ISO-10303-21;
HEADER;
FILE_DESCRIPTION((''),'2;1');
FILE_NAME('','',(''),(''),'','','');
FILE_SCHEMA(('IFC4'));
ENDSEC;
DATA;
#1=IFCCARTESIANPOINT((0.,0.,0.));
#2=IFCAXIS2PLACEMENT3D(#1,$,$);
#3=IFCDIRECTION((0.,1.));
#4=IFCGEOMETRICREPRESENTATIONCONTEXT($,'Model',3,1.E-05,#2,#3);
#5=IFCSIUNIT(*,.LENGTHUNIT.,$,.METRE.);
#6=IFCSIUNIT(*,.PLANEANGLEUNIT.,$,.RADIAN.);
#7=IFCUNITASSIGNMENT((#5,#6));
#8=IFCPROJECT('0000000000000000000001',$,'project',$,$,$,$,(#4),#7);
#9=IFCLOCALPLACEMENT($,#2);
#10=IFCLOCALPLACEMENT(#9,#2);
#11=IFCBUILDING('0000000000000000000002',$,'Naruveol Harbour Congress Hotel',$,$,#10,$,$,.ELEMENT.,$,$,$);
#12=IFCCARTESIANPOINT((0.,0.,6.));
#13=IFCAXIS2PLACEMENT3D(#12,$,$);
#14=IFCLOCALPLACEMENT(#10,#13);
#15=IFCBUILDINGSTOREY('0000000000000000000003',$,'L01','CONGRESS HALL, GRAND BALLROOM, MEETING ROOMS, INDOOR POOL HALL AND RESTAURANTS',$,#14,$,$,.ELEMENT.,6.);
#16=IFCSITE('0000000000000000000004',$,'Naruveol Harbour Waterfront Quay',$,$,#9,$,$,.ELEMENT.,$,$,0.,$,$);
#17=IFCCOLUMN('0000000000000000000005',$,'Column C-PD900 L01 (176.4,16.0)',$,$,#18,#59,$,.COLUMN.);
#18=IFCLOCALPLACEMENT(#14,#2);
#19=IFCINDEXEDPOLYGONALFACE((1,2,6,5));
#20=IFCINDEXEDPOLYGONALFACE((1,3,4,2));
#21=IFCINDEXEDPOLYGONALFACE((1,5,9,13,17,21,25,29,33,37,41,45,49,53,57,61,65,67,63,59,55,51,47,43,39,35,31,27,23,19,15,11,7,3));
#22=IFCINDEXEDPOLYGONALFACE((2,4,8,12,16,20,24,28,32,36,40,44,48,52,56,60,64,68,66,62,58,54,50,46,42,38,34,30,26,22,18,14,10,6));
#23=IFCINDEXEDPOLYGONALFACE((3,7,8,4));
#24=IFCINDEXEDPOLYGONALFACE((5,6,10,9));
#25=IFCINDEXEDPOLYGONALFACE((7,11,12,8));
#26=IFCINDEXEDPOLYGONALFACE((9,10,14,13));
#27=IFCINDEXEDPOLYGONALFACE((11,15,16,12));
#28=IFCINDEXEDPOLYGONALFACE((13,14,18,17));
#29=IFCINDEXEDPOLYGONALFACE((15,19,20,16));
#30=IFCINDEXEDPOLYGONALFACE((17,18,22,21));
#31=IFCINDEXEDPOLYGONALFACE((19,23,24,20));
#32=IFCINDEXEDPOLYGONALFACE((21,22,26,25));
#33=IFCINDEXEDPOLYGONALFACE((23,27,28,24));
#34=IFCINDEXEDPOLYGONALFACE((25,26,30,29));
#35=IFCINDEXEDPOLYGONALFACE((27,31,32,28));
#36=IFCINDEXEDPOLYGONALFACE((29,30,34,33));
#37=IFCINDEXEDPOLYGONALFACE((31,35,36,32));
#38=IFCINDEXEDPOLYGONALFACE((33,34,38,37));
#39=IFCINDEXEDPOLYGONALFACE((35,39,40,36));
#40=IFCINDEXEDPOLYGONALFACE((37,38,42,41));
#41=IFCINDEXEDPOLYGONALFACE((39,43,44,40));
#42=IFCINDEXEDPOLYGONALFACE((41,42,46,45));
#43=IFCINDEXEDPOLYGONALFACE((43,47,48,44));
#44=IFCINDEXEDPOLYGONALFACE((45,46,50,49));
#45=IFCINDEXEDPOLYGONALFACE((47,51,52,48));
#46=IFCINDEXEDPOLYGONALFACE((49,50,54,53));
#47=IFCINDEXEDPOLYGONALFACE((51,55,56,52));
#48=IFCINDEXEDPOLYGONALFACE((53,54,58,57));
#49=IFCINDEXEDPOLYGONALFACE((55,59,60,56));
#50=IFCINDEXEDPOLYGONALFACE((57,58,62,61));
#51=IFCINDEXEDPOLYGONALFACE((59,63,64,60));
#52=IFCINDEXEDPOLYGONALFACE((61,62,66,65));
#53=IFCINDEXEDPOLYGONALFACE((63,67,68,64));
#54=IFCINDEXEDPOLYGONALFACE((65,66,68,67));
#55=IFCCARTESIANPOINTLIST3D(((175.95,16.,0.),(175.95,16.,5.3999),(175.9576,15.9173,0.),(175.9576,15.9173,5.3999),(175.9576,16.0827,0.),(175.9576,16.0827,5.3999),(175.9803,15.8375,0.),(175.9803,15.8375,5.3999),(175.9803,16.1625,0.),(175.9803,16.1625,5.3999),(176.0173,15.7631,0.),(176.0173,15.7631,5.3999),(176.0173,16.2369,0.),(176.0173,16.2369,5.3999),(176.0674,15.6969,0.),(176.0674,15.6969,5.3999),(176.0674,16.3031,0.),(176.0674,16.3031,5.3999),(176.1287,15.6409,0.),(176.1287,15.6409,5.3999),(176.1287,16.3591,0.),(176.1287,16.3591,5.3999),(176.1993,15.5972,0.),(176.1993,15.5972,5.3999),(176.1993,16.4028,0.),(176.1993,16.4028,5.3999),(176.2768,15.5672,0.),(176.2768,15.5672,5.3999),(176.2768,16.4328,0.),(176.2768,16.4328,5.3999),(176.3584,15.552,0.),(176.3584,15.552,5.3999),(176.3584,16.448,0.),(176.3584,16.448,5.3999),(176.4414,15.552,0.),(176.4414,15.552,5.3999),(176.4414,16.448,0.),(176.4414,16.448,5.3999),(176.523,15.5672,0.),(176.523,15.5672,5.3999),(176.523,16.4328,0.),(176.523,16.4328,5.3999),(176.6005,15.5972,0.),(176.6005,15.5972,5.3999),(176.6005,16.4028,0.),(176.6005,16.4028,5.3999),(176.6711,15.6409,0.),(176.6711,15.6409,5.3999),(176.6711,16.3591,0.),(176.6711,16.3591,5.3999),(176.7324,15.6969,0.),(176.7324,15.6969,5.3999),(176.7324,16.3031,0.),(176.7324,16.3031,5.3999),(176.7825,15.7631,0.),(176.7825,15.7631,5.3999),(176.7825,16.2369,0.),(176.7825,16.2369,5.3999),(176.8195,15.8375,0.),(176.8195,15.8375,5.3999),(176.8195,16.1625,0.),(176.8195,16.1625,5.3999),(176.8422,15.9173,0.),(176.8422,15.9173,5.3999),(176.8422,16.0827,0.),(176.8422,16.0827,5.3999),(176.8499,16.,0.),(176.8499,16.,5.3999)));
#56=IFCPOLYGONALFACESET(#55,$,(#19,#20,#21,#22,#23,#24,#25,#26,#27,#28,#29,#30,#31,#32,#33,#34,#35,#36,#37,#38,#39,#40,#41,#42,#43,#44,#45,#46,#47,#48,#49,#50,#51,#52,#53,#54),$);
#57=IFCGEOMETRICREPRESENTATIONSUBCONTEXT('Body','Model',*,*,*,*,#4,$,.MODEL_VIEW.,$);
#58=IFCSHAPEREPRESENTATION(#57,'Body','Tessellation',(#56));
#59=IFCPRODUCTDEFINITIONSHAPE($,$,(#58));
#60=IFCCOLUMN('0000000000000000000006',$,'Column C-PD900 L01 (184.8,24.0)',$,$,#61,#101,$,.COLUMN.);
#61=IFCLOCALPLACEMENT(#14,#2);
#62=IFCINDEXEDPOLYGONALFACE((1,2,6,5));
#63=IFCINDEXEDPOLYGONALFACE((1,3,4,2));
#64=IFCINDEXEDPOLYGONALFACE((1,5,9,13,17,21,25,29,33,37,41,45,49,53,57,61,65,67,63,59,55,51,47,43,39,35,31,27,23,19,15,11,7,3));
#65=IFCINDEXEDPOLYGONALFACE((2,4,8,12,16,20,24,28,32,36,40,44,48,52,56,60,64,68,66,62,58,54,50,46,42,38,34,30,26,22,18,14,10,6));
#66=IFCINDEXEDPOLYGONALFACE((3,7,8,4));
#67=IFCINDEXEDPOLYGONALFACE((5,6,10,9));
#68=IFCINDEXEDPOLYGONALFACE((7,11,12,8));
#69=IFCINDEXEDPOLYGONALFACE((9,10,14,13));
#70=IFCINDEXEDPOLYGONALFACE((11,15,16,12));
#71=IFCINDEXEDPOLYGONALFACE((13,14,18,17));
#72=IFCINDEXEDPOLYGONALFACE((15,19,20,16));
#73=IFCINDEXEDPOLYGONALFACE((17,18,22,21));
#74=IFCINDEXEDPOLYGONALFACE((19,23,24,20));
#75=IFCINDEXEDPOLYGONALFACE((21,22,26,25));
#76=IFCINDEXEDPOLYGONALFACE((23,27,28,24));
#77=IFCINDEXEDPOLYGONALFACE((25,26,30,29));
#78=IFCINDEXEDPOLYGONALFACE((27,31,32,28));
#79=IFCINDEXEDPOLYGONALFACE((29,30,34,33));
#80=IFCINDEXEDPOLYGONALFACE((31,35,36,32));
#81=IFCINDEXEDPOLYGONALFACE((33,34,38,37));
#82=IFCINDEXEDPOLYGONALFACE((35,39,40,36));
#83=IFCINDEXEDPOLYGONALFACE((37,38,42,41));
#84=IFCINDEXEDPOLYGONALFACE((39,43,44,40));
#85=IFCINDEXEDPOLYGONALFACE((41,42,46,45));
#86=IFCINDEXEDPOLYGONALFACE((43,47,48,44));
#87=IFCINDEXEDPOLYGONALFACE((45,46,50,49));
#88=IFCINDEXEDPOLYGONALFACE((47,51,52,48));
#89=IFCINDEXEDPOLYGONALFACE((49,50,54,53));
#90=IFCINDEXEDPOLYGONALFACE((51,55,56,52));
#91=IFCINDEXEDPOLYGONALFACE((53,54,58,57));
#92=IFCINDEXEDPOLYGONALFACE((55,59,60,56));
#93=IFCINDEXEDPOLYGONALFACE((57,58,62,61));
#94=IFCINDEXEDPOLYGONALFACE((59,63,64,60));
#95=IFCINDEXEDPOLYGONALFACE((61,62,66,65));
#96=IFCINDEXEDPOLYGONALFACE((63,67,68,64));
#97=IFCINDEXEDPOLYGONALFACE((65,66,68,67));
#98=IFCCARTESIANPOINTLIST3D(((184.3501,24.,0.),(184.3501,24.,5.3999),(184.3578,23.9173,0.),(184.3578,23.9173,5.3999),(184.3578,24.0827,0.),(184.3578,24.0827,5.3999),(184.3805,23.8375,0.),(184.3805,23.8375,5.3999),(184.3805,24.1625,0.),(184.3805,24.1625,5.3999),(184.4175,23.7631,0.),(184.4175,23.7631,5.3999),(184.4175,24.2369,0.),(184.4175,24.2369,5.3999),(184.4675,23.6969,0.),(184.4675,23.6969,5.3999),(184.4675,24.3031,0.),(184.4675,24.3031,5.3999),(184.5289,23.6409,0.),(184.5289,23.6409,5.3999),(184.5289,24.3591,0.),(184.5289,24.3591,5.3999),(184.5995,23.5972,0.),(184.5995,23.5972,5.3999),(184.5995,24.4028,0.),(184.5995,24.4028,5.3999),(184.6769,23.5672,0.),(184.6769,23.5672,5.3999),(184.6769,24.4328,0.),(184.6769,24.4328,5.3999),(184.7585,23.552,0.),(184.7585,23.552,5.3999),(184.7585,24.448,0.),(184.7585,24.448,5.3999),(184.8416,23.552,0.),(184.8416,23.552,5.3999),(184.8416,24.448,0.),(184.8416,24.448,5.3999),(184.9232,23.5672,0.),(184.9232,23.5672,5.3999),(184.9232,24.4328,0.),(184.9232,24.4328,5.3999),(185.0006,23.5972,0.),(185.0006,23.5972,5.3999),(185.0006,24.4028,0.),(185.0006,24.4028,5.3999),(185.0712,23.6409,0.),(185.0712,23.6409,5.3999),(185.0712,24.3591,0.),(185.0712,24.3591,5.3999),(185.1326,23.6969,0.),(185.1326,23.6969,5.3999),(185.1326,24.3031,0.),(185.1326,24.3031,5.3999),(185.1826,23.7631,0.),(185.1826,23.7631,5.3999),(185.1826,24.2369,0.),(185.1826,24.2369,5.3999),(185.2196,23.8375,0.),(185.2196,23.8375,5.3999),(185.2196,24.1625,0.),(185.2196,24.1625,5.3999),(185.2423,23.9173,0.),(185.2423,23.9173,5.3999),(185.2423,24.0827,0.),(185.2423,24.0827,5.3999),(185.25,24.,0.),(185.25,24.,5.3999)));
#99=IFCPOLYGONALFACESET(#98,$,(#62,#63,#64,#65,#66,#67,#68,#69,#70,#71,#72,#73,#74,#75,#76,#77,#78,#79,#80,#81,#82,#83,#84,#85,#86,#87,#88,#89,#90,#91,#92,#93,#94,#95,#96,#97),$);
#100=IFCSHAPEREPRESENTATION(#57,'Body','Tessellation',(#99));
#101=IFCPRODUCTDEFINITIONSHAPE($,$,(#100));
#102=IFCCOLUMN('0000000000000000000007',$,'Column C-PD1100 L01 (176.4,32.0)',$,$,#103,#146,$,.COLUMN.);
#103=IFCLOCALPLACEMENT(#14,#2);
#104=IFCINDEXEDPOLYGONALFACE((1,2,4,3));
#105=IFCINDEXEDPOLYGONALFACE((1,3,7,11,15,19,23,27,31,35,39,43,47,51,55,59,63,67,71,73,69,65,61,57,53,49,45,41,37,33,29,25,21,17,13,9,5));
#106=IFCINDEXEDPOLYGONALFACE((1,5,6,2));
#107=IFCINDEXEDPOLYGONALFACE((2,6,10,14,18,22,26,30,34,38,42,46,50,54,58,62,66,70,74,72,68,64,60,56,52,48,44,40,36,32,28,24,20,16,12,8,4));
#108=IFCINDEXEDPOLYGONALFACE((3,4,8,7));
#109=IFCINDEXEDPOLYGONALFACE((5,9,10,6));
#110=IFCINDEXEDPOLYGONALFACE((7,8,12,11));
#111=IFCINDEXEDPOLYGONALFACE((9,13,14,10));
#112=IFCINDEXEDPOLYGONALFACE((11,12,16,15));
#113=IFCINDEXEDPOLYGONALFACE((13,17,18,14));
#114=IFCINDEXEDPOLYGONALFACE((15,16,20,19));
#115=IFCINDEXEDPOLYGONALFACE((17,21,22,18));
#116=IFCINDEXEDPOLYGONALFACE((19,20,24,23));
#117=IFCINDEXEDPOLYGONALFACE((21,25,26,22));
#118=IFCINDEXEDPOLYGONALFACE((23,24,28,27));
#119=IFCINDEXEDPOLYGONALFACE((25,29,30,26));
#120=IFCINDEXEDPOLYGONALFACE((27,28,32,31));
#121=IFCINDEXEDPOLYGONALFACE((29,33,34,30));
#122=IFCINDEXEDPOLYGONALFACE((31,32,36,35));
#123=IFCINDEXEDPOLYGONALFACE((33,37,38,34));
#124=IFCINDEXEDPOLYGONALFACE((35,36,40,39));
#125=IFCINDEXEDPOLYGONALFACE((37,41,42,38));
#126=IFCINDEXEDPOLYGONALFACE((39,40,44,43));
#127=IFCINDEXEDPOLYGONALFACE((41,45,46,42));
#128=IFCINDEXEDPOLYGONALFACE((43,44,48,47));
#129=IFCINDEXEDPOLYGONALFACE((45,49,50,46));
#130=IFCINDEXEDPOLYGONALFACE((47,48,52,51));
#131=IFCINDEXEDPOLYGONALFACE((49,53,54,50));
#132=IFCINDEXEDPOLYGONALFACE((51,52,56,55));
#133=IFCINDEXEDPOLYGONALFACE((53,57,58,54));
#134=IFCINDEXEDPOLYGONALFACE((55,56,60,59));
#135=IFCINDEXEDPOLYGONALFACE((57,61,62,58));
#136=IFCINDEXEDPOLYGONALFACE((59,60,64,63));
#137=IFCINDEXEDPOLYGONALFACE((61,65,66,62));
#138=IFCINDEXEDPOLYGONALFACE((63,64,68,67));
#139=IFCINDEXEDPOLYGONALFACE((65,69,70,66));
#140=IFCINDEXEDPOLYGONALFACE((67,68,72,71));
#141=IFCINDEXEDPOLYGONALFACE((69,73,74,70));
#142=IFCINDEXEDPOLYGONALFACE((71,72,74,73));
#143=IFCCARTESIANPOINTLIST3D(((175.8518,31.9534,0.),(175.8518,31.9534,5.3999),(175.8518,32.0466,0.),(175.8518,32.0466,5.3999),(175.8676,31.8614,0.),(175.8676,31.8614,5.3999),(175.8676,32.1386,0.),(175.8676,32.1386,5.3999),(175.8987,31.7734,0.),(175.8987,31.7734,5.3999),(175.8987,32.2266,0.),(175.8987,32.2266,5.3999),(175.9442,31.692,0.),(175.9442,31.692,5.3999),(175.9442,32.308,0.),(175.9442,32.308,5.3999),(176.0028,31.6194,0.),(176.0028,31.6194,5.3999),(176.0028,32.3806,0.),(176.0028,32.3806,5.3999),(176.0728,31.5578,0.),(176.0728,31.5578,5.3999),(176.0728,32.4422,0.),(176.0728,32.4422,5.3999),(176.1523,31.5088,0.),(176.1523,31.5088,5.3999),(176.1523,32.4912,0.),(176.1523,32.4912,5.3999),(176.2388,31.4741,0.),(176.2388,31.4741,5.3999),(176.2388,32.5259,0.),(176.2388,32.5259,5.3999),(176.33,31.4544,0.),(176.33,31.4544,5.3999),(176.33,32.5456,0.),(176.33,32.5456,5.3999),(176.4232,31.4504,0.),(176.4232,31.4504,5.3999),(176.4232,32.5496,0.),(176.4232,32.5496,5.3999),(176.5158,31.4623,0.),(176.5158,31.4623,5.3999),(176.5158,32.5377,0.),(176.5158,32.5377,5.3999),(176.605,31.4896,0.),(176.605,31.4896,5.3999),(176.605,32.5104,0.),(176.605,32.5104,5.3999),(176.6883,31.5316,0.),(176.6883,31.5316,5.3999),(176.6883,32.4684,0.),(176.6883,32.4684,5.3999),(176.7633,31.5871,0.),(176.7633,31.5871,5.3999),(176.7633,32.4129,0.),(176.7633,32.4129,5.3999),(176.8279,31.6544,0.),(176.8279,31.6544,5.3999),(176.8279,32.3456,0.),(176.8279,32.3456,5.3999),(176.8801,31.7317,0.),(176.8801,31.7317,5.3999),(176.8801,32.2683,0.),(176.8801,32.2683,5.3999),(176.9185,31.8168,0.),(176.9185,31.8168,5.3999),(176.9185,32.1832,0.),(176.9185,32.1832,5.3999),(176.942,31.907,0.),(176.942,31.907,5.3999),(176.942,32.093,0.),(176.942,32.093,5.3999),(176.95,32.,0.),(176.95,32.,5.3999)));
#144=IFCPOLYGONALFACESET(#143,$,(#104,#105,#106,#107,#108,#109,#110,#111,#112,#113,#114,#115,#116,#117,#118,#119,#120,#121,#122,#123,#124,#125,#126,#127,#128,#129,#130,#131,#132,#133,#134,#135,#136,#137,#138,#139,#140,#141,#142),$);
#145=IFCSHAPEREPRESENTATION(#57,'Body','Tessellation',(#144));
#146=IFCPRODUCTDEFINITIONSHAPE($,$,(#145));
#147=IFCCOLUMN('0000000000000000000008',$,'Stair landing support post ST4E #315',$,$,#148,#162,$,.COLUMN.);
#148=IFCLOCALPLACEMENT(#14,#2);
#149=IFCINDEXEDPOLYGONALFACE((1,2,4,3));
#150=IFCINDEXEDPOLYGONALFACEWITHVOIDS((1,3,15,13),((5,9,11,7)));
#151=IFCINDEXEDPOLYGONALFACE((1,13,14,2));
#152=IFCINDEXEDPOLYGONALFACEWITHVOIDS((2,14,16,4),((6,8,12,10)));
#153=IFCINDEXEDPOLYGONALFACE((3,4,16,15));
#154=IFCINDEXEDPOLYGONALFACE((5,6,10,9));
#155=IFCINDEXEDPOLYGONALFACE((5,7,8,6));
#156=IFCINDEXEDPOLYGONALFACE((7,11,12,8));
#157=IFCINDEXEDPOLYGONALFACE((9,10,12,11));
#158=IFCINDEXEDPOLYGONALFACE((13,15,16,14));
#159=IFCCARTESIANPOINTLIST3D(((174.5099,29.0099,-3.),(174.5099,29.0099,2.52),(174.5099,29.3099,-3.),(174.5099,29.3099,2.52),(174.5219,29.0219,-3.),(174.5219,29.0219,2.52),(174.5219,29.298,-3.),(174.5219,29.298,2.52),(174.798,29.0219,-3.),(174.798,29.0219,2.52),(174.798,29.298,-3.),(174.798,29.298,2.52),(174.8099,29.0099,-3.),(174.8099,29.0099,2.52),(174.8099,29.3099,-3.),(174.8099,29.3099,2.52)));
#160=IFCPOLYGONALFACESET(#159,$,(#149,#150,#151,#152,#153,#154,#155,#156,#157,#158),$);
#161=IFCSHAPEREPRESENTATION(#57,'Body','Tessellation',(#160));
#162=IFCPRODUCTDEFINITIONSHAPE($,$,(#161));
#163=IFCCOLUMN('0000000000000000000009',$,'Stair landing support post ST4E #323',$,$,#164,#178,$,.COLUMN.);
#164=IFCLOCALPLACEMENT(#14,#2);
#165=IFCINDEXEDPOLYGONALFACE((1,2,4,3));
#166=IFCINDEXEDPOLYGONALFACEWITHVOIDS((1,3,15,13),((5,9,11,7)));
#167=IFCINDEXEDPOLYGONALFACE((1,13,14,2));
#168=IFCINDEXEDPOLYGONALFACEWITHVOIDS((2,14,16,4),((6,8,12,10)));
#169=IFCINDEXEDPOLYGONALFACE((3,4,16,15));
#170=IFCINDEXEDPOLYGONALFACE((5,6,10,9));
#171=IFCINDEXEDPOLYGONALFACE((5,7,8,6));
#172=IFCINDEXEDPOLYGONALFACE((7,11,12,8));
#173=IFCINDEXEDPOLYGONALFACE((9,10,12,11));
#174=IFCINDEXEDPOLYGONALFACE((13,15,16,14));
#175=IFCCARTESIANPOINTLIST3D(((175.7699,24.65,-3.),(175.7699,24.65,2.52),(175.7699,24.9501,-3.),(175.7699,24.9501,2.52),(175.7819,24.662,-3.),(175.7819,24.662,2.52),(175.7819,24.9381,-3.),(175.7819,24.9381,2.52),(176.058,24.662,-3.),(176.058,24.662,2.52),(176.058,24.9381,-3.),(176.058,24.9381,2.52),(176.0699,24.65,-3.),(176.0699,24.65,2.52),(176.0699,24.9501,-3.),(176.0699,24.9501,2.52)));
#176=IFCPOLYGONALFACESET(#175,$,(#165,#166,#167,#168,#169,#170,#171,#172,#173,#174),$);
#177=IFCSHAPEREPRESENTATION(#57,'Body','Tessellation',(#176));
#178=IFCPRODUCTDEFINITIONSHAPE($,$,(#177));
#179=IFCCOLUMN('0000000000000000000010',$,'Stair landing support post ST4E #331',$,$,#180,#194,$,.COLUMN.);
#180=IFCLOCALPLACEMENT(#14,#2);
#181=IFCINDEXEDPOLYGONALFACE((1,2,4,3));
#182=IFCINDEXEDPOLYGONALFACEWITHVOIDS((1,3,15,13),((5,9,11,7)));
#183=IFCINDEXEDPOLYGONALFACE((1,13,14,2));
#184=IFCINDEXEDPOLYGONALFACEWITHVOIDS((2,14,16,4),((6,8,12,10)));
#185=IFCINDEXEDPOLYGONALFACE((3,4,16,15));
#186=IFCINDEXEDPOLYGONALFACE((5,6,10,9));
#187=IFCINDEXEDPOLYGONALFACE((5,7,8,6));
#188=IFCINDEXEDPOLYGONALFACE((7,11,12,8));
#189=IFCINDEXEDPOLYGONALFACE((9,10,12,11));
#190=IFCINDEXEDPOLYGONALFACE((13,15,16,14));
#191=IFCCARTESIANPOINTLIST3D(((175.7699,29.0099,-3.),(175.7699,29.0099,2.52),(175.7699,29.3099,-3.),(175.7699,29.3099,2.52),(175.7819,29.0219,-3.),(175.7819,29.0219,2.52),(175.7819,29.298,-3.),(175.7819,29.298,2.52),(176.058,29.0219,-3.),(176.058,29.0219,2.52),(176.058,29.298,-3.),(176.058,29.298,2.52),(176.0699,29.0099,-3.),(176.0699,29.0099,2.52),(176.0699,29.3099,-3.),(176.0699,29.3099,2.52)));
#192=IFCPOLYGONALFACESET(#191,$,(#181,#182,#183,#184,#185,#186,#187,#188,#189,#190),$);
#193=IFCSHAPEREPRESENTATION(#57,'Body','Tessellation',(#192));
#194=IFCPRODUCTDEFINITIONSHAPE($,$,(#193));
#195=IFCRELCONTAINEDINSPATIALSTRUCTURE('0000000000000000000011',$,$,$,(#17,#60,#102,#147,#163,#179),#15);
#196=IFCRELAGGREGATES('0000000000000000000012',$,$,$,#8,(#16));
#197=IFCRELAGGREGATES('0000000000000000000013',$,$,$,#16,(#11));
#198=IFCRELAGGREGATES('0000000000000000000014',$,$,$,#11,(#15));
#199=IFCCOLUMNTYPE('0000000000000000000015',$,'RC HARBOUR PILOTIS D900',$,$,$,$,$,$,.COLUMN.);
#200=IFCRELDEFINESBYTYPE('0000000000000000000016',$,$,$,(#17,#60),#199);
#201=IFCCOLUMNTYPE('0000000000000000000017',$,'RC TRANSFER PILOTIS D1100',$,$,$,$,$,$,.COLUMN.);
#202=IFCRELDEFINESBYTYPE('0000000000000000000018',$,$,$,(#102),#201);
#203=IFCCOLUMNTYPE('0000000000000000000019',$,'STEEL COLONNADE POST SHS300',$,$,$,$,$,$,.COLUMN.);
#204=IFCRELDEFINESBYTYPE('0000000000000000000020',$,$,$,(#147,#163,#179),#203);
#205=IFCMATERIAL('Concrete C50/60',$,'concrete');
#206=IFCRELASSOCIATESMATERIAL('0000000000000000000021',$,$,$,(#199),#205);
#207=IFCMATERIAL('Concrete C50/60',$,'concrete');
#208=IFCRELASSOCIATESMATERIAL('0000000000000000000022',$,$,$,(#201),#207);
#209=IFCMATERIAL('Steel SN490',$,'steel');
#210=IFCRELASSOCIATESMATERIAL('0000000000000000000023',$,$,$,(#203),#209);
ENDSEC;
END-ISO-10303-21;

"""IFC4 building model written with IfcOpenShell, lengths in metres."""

from ifc_helpers import new_model, si_unit, direction, frame, origin, origin_2d, place, context, subcontext, project, spatial, hollow_rectangle, circle, extrude, material, material_profile, profile_set, type_object, element, save


model = new_model("IFC4")

# Units and contexts
model_context = context("Model", 3, precision=1e-05, world=origin(), true_north=direction((0.0, 1.0)))
body_context = subcontext(model_context, "Body", "Model", "MODEL_VIEW")
ifc_project = project(units=[si_unit("LENGTHUNIT", "METRE"), si_unit("PLANEANGLEUNIT", "RADIAN")], contexts=[model_context])

# Site, building, storey
site_placement = place(None, origin())
site = spatial("IfcSite", under=ifc_project, at=site_placement, Name="Naruveol Harbour Waterfront Quay", CompositionType="ELEMENT", RefElevation=0.0)
building_placement = place(site_placement, origin())
building = spatial("IfcBuilding", under=site, at=building_placement, Name="Naruveol Harbour Congress Hotel", CompositionType="ELEMENT")
storey_placement = place(building_placement, frame((0.0, 0.0, 6.0)))
storey = spatial("IfcBuildingStorey", under=building, at=storey_placement, Name="L01", Description="CONGRESS HALL, GRAND BALLROOM, MEETING ROOMS, INDOOR POOL HALL AND RESTAURANTS", CompositionType="ELEMENT", Elevation=6.0)

# Columns
ifc_material_1 = material(Name="Concrete C50/60", Category="concrete")
ifc_material_profile_1 = material_profile(ifc_material_1, circle(Radius=0.45, at=origin_2d()), Name="RC-D900")
ifc_profile_set_1 = profile_set([ifc_material_profile_1], Name="Concrete C50/60")
column_type_1 = type_object("IfcColumnType", Name="RC HARBOUR PILOTIS D900", PredefinedType="COLUMN", material=ifc_profile_set_1)
for number, where, z_axis, x_axis, name in (
    (1, (176.3999, 16.0, 0.0), (0.0, 0.0, 1.0), (1.0, 0.0, 0.0), "Column C-PD900 L01 (176.4,16.0)"),
    (2, (184.8, 24.0, 0.0), (0.0, 0.0, 1.0), (1.0, 0.0, 0.0), "Column C-PD900 L01 (184.8,24.0)"),
):
    element("IfcColumn", number, at=place(storey_placement, frame(where, z_axis=z_axis, x_axis=x_axis)), inside=storey, type_object=column_type_1, Name=name, PredefinedType="COLUMN", context=body_context, shape_type="SweptSolid", body=[
        extrude(circle(Radius=0.45, at=origin_2d()), origin(), (0.0, 0.0, 1.0), 5.3999),
    ])
ifc_material_2 = material(Name="Concrete C50/60", Category="concrete")
ifc_material_profile_2 = material_profile(ifc_material_2, circle(Radius=0.55, at=origin_2d()), Name="RC-D1100")
ifc_profile_set_2 = profile_set([ifc_material_profile_2], Name="Concrete C50/60")
column_type_2 = type_object("IfcColumnType", Name="RC TRANSFER PILOTIS D1100", PredefinedType="COLUMN", material=ifc_profile_set_2)
column_placement = place(storey_placement, frame((176.3999, 32.0, 0.0), z_axis=(0.0, 0.0, 1.0), x_axis=(1.0, 0.0, 0.0)))
element("IfcColumn", 3, at=column_placement, inside=storey, type_object=column_type_2, Name="Column C-PD1100 L01 (176.4,32.0)", PredefinedType="COLUMN", context=body_context, shape_type="SweptSolid", body=[
    extrude(circle(Radius=0.55, at=origin_2d()), origin(), (0.0, 0.0, 1.0), 5.3999),
])
ifc_material_3 = material(Name="Steel SN490", Category="steel")
ifc_material_profile_3 = material_profile(ifc_material_3, hollow_rectangle(XDim=0.3, YDim=0.3, WallThickness=0.012, at=origin_2d()), Name="SHS-300x300x12")
ifc_profile_set_3 = profile_set([ifc_material_profile_3], Name="Steel SN490")
column_type_3 = type_object("IfcColumnType", Name="STEEL COLONNADE POST SHS300", PredefinedType="COLUMN", material=ifc_profile_set_3)
for number, where, z_axis, x_axis, name in (
    (4, (174.6599, 29.1599, -3.0), (0.0, 0.0, 1.0), (1.0, 0.0, 0.0), "Stair landing support post ST4E #315"),
    (5, (175.9199, 24.8, -3.0), (0.0, 0.0, 1.0), (1.0, 0.0, 0.0), "Stair landing support post ST4E #323"),
    (6, (175.9199, 29.1599, -3.0), (0.0, 0.0, 1.0), (1.0, 0.0, 0.0), "Stair landing support post ST4E #331"),
):
    element("IfcColumn", number, at=place(storey_placement, frame(where, z_axis=z_axis, x_axis=x_axis)), inside=storey, type_object=column_type_3, Name=name, PredefinedType="COLUMN", context=body_context, shape_type="SweptSolid", body=[
        extrude(hollow_rectangle(XDim=0.3, YDim=0.3, WallThickness=0.012, at=origin_2d()), origin(), (0.0, 0.0, 1.0), 5.52),
    ])

save(model, "model.ifc")
